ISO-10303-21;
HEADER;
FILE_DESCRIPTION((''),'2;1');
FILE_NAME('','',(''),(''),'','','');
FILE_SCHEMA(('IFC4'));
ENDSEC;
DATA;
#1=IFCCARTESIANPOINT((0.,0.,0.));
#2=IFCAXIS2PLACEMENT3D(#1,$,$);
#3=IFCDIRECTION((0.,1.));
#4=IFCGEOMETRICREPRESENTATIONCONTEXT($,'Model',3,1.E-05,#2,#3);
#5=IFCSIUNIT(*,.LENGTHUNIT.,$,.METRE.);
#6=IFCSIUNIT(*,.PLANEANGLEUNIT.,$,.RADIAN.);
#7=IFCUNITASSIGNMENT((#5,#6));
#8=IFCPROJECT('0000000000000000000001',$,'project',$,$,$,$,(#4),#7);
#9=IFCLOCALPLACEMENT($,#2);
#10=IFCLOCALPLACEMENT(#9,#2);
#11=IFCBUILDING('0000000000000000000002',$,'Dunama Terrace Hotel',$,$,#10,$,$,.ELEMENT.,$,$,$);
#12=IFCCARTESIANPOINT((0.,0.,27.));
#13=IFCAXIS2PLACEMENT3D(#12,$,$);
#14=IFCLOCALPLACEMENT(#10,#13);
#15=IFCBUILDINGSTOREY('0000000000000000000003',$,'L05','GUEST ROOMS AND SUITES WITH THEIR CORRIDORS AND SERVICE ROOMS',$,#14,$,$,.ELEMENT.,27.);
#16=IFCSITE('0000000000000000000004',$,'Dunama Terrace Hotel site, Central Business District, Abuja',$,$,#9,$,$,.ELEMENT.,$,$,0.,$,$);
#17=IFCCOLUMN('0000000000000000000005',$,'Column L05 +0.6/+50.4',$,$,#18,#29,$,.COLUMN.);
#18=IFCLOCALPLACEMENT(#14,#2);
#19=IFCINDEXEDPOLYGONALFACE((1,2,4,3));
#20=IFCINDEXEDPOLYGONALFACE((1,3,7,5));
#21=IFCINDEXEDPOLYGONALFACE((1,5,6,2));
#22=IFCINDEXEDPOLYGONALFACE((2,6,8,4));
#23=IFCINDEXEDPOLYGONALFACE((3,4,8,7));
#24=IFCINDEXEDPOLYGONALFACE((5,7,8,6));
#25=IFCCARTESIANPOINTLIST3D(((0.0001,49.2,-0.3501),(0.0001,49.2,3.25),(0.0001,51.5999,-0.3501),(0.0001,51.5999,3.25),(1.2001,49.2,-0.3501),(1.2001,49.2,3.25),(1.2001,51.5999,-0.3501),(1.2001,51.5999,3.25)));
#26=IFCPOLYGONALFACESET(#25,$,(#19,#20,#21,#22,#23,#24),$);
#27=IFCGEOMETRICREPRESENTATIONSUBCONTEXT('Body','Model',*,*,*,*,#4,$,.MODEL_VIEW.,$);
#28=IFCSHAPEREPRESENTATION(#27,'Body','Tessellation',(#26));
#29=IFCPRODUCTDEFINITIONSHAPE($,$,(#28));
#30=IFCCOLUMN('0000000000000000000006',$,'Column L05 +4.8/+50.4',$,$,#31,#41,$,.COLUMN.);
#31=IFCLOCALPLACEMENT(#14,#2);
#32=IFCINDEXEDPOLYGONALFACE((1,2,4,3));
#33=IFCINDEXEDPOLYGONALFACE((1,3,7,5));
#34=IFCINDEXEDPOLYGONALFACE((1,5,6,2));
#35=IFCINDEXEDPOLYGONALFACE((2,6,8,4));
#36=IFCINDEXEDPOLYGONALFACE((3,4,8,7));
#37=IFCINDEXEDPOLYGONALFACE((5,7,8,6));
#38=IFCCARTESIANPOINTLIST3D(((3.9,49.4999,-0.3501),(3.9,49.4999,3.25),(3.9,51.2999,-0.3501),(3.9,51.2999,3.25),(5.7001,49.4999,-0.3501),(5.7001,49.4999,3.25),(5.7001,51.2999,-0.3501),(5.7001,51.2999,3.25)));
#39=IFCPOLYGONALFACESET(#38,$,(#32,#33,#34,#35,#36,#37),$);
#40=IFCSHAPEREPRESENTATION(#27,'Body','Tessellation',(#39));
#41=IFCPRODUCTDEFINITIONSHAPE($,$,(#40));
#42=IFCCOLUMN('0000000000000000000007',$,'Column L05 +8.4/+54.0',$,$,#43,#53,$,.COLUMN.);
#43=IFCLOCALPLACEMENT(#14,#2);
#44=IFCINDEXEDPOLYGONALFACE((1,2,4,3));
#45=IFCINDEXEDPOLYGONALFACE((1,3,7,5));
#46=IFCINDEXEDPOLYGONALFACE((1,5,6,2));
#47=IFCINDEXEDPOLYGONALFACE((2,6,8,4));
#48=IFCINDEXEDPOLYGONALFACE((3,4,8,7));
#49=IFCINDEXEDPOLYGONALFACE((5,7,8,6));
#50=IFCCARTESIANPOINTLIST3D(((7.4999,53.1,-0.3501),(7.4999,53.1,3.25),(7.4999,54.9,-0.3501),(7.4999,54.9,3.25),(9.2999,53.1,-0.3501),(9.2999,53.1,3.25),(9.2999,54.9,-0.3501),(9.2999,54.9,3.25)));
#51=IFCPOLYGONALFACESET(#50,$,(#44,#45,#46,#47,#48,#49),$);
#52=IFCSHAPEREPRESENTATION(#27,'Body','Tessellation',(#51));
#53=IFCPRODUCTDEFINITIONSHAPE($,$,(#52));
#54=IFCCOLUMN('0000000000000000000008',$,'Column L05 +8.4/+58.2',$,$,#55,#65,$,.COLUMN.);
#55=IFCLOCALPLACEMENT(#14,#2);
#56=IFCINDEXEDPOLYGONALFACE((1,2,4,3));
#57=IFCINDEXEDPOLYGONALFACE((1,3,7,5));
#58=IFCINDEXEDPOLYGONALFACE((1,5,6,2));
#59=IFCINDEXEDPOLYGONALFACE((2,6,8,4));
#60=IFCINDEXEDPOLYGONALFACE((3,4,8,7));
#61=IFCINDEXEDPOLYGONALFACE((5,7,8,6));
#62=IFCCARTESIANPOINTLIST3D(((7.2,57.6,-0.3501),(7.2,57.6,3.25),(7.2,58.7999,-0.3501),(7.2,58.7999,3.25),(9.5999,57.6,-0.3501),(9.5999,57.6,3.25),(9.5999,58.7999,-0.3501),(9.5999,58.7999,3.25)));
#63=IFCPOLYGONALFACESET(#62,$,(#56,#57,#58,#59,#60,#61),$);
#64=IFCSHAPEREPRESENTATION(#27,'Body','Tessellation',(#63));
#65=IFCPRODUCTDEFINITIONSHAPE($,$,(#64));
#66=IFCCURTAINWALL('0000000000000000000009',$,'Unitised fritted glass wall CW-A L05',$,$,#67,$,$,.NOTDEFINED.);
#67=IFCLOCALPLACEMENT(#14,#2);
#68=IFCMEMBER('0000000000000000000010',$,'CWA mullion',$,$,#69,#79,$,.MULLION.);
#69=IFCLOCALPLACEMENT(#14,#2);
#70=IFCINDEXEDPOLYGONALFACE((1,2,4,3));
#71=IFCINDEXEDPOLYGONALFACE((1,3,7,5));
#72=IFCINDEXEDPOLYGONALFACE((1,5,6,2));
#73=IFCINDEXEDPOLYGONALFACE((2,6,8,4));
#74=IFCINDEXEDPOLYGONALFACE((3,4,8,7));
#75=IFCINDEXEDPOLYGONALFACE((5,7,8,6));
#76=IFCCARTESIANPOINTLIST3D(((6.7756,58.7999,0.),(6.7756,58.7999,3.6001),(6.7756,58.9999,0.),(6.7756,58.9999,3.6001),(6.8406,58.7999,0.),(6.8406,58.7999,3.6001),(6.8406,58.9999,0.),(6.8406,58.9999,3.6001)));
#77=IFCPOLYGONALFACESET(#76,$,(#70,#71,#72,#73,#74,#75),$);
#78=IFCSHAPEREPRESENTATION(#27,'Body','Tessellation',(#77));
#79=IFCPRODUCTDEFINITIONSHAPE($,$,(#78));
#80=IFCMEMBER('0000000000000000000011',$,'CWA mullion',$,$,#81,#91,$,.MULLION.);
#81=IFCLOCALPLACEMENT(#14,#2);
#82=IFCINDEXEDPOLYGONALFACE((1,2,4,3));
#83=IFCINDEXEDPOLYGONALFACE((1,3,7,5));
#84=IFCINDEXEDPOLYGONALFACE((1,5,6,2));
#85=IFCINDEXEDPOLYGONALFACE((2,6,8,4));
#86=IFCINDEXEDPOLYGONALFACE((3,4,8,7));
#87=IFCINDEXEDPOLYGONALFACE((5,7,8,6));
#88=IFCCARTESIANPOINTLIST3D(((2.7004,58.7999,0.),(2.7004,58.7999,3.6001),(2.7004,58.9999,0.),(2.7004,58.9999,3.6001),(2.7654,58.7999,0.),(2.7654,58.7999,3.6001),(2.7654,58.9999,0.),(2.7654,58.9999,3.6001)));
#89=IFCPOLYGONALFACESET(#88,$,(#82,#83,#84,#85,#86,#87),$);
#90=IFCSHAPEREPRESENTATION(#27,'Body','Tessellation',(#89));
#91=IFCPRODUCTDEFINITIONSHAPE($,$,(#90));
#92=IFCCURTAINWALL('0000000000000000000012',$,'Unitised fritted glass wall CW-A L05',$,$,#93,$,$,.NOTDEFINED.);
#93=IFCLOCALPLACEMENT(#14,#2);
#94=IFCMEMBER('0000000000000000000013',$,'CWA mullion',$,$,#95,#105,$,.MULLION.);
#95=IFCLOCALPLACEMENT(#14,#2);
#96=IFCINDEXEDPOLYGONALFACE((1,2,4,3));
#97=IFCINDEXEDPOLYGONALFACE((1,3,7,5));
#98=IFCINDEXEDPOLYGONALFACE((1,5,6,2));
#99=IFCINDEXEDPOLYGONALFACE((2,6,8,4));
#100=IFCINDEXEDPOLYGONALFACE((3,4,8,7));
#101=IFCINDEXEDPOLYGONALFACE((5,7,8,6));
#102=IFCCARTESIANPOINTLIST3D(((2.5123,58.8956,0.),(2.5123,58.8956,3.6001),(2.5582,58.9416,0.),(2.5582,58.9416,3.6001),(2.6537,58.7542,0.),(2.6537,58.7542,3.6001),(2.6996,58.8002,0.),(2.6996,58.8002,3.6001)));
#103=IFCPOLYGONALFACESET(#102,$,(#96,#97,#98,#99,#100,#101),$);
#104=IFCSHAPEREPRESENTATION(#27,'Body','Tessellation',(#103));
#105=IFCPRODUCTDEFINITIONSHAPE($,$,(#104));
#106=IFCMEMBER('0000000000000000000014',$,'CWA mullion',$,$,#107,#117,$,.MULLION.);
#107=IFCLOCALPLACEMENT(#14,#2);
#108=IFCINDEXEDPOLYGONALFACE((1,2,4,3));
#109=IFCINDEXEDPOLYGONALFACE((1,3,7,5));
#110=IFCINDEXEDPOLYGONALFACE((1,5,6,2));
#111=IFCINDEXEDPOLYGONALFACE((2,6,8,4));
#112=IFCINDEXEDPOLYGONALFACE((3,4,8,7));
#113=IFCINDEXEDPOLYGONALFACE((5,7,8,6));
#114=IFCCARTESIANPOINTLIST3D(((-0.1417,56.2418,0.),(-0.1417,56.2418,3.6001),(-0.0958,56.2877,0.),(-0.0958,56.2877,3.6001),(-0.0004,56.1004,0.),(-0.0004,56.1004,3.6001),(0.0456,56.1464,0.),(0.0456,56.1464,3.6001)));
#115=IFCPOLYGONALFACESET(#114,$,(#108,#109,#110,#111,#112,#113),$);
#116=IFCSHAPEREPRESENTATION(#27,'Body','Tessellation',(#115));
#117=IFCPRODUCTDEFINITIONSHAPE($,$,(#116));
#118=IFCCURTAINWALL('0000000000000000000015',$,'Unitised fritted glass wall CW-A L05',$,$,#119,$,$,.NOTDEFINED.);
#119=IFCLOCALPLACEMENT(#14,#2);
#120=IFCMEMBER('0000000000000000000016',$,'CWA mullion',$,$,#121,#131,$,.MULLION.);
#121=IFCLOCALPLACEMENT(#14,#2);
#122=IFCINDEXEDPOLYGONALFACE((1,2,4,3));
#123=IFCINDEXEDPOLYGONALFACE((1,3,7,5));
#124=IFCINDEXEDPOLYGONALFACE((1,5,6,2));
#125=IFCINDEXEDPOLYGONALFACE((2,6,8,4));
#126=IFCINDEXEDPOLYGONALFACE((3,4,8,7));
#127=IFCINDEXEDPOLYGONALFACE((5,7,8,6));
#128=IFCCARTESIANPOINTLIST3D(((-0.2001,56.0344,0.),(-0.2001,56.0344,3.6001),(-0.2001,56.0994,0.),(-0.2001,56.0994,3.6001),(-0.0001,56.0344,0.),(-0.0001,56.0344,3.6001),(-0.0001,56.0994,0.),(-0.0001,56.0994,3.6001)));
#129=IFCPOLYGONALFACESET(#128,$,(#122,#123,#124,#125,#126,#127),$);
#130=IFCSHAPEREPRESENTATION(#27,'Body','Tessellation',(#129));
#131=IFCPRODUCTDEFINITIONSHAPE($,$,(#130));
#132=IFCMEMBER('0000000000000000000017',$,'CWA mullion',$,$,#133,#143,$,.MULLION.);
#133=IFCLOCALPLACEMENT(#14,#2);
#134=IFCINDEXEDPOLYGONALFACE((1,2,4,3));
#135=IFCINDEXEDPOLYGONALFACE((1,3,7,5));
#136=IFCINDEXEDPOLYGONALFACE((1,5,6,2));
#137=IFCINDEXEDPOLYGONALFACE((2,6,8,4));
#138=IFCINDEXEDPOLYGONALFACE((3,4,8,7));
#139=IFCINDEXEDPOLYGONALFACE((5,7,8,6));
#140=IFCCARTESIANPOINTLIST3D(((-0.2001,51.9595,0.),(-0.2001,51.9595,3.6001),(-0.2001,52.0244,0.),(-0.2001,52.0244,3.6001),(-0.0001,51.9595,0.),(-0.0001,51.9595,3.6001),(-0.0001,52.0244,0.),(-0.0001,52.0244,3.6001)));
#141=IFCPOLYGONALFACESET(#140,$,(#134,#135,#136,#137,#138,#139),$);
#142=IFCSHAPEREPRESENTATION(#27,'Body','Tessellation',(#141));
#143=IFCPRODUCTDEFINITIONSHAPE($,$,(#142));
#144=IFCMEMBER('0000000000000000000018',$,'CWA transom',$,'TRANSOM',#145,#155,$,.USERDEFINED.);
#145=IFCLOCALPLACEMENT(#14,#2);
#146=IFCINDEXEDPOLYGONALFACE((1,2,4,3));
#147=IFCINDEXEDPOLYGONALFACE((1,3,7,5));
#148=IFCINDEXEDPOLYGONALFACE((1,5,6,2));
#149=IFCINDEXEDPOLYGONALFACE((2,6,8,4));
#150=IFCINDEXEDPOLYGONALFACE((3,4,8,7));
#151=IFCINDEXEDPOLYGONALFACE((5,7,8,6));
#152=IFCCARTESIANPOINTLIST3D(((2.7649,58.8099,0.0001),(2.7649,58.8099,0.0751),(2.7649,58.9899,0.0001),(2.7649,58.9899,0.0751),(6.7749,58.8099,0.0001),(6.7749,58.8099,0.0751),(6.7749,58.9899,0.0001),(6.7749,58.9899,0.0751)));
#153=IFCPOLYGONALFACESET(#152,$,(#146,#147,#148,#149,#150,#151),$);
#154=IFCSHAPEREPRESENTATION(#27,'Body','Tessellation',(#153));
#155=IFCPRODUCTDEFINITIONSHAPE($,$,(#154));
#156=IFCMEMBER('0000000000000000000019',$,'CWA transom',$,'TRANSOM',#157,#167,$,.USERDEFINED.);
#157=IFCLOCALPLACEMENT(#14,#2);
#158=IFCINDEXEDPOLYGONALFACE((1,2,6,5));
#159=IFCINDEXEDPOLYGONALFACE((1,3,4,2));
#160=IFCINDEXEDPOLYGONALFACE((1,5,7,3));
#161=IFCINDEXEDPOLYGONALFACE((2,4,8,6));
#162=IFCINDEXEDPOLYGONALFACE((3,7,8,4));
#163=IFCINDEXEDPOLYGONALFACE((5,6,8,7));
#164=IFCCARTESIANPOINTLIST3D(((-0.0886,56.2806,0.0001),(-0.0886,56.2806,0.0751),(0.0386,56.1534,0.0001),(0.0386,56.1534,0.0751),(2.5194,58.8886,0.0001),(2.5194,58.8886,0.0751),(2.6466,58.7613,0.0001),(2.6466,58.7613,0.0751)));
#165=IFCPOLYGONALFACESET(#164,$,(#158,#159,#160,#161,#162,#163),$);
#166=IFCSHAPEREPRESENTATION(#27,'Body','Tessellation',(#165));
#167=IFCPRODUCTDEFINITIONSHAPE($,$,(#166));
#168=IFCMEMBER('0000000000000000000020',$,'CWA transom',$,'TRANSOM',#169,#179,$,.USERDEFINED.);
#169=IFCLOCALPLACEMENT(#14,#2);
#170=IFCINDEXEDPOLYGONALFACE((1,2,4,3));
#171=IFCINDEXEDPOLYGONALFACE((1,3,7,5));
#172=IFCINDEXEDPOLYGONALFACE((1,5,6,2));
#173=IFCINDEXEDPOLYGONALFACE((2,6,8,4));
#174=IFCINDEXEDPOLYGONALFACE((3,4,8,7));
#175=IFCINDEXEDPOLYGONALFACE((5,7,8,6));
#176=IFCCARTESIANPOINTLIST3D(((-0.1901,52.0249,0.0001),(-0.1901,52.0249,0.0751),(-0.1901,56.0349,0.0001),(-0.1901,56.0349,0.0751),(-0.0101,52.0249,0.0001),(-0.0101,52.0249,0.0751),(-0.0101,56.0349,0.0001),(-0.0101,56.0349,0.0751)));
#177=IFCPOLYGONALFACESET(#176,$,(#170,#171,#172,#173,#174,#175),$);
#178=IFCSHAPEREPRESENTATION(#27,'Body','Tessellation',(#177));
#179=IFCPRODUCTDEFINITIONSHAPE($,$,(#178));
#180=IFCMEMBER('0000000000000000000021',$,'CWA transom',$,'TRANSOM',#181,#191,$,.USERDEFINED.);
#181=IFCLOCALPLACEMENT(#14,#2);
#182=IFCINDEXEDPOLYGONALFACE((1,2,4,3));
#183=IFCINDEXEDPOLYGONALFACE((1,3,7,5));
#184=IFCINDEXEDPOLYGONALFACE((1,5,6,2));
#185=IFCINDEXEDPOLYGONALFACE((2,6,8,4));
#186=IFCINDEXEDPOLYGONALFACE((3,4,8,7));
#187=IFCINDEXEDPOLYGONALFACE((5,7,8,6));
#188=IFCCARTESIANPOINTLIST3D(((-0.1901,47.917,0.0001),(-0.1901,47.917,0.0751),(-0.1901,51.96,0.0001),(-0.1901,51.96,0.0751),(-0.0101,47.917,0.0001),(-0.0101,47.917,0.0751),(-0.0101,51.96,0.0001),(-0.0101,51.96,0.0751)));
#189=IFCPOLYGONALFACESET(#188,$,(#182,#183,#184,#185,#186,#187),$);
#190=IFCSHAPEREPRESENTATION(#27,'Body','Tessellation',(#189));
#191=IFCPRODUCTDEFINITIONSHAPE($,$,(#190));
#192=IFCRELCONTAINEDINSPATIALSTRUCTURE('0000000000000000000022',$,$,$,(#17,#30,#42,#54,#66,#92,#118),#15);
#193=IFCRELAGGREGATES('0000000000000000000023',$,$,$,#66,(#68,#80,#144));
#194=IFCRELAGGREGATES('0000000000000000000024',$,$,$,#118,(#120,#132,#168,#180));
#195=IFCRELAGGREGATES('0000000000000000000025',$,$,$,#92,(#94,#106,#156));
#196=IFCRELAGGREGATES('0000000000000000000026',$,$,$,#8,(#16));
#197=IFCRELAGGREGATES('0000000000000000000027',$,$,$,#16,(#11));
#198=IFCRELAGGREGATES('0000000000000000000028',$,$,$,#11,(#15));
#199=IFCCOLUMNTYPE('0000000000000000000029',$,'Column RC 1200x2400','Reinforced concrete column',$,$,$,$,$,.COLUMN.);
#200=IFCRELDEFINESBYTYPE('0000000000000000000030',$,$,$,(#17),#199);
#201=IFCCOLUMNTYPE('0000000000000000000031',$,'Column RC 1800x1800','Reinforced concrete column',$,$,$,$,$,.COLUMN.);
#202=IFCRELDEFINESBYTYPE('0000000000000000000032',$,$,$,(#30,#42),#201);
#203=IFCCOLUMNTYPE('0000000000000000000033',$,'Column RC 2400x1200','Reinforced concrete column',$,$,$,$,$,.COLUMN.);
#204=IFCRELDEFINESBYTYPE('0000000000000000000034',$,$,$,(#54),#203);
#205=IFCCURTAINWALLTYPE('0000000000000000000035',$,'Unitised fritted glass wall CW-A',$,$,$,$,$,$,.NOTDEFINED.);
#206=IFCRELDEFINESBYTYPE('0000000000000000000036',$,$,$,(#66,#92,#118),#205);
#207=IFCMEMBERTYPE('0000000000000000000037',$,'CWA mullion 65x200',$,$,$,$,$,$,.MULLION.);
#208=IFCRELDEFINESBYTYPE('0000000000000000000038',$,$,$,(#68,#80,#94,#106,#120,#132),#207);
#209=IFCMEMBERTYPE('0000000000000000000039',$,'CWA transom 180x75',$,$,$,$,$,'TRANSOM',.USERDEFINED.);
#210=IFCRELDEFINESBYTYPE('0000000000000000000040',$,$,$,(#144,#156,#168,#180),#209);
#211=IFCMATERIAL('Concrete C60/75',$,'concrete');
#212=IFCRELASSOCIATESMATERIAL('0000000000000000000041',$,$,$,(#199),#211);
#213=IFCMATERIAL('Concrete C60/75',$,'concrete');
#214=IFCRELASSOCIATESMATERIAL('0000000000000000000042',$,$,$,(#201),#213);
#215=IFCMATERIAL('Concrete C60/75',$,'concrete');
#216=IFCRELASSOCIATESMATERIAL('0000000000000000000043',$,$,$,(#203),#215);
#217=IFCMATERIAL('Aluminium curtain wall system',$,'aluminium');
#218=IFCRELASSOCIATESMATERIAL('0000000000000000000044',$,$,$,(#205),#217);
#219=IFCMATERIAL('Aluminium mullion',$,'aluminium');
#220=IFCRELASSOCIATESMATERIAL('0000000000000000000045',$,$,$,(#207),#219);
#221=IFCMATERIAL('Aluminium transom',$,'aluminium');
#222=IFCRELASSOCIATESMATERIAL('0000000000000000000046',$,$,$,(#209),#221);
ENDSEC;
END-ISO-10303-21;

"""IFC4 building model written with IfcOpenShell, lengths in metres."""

from ifc_helpers import new_model, si_unit, direction, frame, origin, origin_2d, place, context, subcontext, project, spatial, rectangle, extrude, material, material_profile, profile_set, type_object, element, aggregate, save


model = new_model("IFC4")

# Units and contexts
model_context = context("Model", 3, precision=1e-05, world=origin(), true_north=direction((0.0, 1.0)))
body_context = subcontext(model_context, "Body", "Model", "MODEL_VIEW")
ifc_project = project(units=[si_unit("LENGTHUNIT", "METRE"), si_unit("PLANEANGLEUNIT", "RADIAN")], contexts=[model_context])

# Site, building, storey
site_placement = place(None, origin())
site = spatial("IfcSite", under=ifc_project, at=site_placement, Name="Dunama Terrace Hotel site, Central Business District, Abuja", CompositionType="ELEMENT", RefElevation=0.0)
building_placement = place(site_placement, origin())
building = spatial("IfcBuilding", under=site, at=building_placement, Name="Dunama Terrace Hotel", CompositionType="ELEMENT")
storey_placement = place(building_placement, frame((0.0, 0.0, 27.0)))
storey = spatial("IfcBuildingStorey", under=building, at=storey_placement, Name="L05", Description="GUEST ROOMS AND SUITES WITH THEIR CORRIDORS AND SERVICE ROOMS", CompositionType="ELEMENT", Elevation=27.0)

# Columns
ifc_material_1 = material(Name="Concrete C60/75", Category="concrete")
ifc_material_profile_1 = material_profile(ifc_material_1, rectangle(XDim=1.2, YDim=2.3999, at=origin_2d()), Name="RC 1200x2400")
ifc_profile_set_1 = profile_set([ifc_material_profile_1], Name="Concrete C60/75")
column_type_1 = type_object("IfcColumnType", Name="Column RC 1200x2400", Description="Reinforced concrete column", PredefinedType="COLUMN", material=ifc_profile_set_1)
column_1_placement = place(storey_placement, frame((0.6001, 50.3999, -0.3501), z_axis=(0.0, 0.0, 1.0), x_axis=(1.0, 0.0, 0.0)))
element("IfcColumn", 1, at=column_1_placement, inside=storey, type_object=column_type_1, Name="Column L05 +0.6/+50.4", PredefinedType="COLUMN", context=body_context, shape_type="SweptSolid", body=[
    extrude(rectangle(XDim=1.2, YDim=2.3999, at=origin_2d()), origin(), (0.0, 0.0, 1.0), 3.6001),
])
ifc_material_2 = material(Name="Concrete C60/75", Category="concrete")
ifc_material_profile_2 = material_profile(ifc_material_2, rectangle(XDim=1.8, YDim=1.8, at=origin_2d()), Name="RC 1800x1800")
ifc_profile_set_2 = profile_set([ifc_material_profile_2], Name="Concrete C60/75")
column_type_2 = type_object("IfcColumnType", Name="Column RC 1800x1800", Description="Reinforced concrete column", PredefinedType="COLUMN", material=ifc_profile_set_2)
for number, where, z_axis, x_axis, name in (
    (2, (4.8, 50.3999, -0.3501), (0.0, 0.0, 1.0), (1.0, 0.0, 0.0), "Column L05 +4.8/+50.4"),
    (3, (8.3999, 54.0, -0.3501), (0.0, 0.0, 1.0), (1.0, 0.0, 0.0), "Column L05 +8.4/+54.0"),
):
    element("IfcColumn", number, at=place(storey_placement, frame(where, z_axis=z_axis, x_axis=x_axis)), inside=storey, type_object=column_type_2, Name=name, PredefinedType="COLUMN", context=body_context, shape_type="SweptSolid", body=[
        extrude(rectangle(XDim=1.8, YDim=1.8, at=origin_2d()), origin(), (0.0, 0.0, 1.0), 3.6001),
    ])
ifc_material_3 = material(Name="Concrete C60/75", Category="concrete")
ifc_material_profile_3 = material_profile(ifc_material_3, rectangle(XDim=2.3999, YDim=1.2, at=origin_2d()), Name="RC 2400x1200")
ifc_profile_set_3 = profile_set([ifc_material_profile_3], Name="Concrete C60/75")
column_type_3 = type_object("IfcColumnType", Name="Column RC 2400x1200", Description="Reinforced concrete column", PredefinedType="COLUMN", material=ifc_profile_set_3)
column_2_placement = place(storey_placement, frame((8.3999, 58.2, -0.3501), z_axis=(0.0, 0.0, 1.0), x_axis=(1.0, 0.0, 0.0)))
element("IfcColumn", 4, at=column_2_placement, inside=storey, type_object=column_type_3, Name="Column L05 +8.4/+58.2", PredefinedType="COLUMN", context=body_context, shape_type="SweptSolid", body=[
    extrude(rectangle(XDim=2.3999, YDim=1.2, at=origin_2d()), origin(), (0.0, 0.0, 1.0), 3.6001),
])

# Curtain walls, members
ifc_material_4 = material(Name="Aluminium curtain wall system", Category="aluminium")
curtain_wall_type = type_object("IfcCurtainWallType", Name="Unitised fritted glass wall CW-A", PredefinedType="NOTDEFINED", material=ifc_material_4)
curtain_wall_1_placement = place(storey_placement, origin())
curtain_wall_1 = element("IfcCurtainWall", 5, at=curtain_wall_1_placement, inside=storey, type_object=curtain_wall_type, Name="Unitised fritted glass wall CW-A L05", PredefinedType="NOTDEFINED")
ifc_material_5 = material(Name="Aluminium mullion", Category="aluminium")
ifc_material_profile_4 = material_profile(ifc_material_5, rectangle(XDim=0.0649, YDim=0.2, at=origin_2d()), Name="CWA MULLION 65X200")
ifc_profile_set_4 = profile_set([ifc_material_profile_4], Name="Aluminium mullion")
member_type_1 = type_object("IfcMemberType", Name="CWA mullion 65x200", PredefinedType="MULLION", material=ifc_profile_set_4)
member_1_placement = place(storey_placement, frame((6.8081, 58.8999, 0.0), z_axis=(0.0, 0.0, 1.0), x_axis=(-1.0, 0.0, 0.0)))
member_1 = element("IfcMember", 6, at=member_1_placement, type_object=member_type_1, Name="CWA mullion", PredefinedType="MULLION", context=body_context, shape_type="SweptSolid", body=[
    extrude(rectangle(XDim=0.0649, YDim=0.2, at=origin_2d()), origin(), (0.0, 0.0, 1.0), 3.6001),
])
member_2_placement = place(storey_placement, frame((2.7329, 58.8999, 0.0), z_axis=(0.0, 0.0, 1.0), x_axis=(-1.0, 0.0, 0.0)))
member_2 = element("IfcMember", 7, at=member_2_placement, type_object=member_type_1, Name="CWA mullion", PredefinedType="MULLION", context=body_context, shape_type="SweptSolid", body=[
    extrude(rectangle(XDim=0.0649, YDim=0.2, at=origin_2d()), origin(), (0.0, 0.0, 1.0), 3.6001),
])
curtain_wall_2_placement = place(storey_placement, origin())
curtain_wall_2 = element("IfcCurtainWall", 8, at=curtain_wall_2_placement, inside=storey, type_object=curtain_wall_type, Name="Unitised fritted glass wall CW-A L05", PredefinedType="NOTDEFINED")
member_3_placement = place(storey_placement, frame((2.606, 58.8479, 0.0), z_axis=(0.0, 0.0, 1.0), x_axis=(-0.707107, -0.707107, 0.0)))
member_3 = element("IfcMember", 9, at=member_3_placement, type_object=member_type_1, Name="CWA mullion", PredefinedType="MULLION", context=body_context, shape_type="SweptSolid", body=[
    extrude(rectangle(XDim=0.0649, YDim=0.2, at=origin_2d()), origin(), (0.0, 0.0, 1.0), 3.6001),
])
member_4_placement = place(storey_placement, frame((-0.0481, 56.1941, 0.0), z_axis=(0.0, 0.0, 1.0), x_axis=(-0.707107, -0.707107, 0.0)))
member_4 = element("IfcMember", 10, at=member_4_placement, type_object=member_type_1, Name="CWA mullion", PredefinedType="MULLION", context=body_context, shape_type="SweptSolid", body=[
    extrude(rectangle(XDim=0.0649, YDim=0.2, at=origin_2d()), origin(), (0.0, 0.0, 1.0), 3.6001),
])
curtain_wall_3_placement = place(storey_placement, origin())
curtain_wall_3 = element("IfcCurtainWall", 11, at=curtain_wall_3_placement, inside=storey, type_object=curtain_wall_type, Name="Unitised fritted glass wall CW-A L05", PredefinedType="NOTDEFINED")
member_5_placement = place(storey_placement, frame((-0.1001, 56.0669, 0.0), z_axis=(0.0, 0.0, 1.0), x_axis=(0.0, -1.0, 0.0)))
member_5 = element("IfcMember", 12, at=member_5_placement, type_object=member_type_1, Name="CWA mullion", PredefinedType="MULLION", context=body_context, shape_type="SweptSolid", body=[
    extrude(rectangle(XDim=0.0649, YDim=0.2, at=origin_2d()), origin(), (0.0, 0.0, 1.0), 3.6001),
])
member_6_placement = place(storey_placement, frame((-0.1001, 51.9919, 0.0), z_axis=(0.0, 0.0, 1.0), x_axis=(0.0, -1.0, 0.0)))
member_6 = element("IfcMember", 13, at=member_6_placement, type_object=member_type_1, Name="CWA mullion", PredefinedType="MULLION", context=body_context, shape_type="SweptSolid", body=[
    extrude(rectangle(XDim=0.0649, YDim=0.2, at=origin_2d()), origin(), (0.0, 0.0, 1.0), 3.6001),
])

# Members
ifc_material_6 = material(Name="Aluminium transom", Category="aluminium")
ifc_material_profile_5 = material_profile(ifc_material_6, rectangle(XDim=0.1799, YDim=0.075, at=origin_2d()), Name="CWA TRANSOM 180X75")
ifc_profile_set_5 = profile_set([ifc_material_profile_5], Name="Aluminium transom")
member_type_2 = type_object("IfcMemberType", Name="CWA transom 180x75", ElementType="TRANSOM", PredefinedType="USERDEFINED", material=ifc_profile_set_5)
member_7_placement = place(storey_placement, frame((6.7749, 58.8999, 0.0376), z_axis=(-1.0, 0.0, 0.0), x_axis=(0.0, -1.0, 0.0)))
member_7 = element("IfcMember", 14, at=member_7_placement, type_object=member_type_2, Name="CWA transom", ObjectType="TRANSOM", PredefinedType="USERDEFINED", context=body_context, shape_type="SweptSolid", body=[
    extrude(rectangle(XDim=0.1799, YDim=0.075, at=origin_2d()), origin(), (0.0, 0.0, 1.0), 4.01),
])
member_8_placement = place(storey_placement, frame((2.583, 58.825, 0.0376), z_axis=(-0.707107, -0.707107, 0.0), x_axis=(0.707107, -0.707107, 0.0)))
member_8 = element("IfcMember", 15, at=member_8_placement, type_object=member_type_2, Name="CWA transom", ObjectType="TRANSOM", PredefinedType="USERDEFINED", context=body_context, shape_type="SweptSolid", body=[
    extrude(rectangle(XDim=0.1799, YDim=0.075, at=origin_2d()), origin(), (0.0, 0.0, 1.0), 3.6882),
])
member_9_placement = place(storey_placement, frame((-0.1001, 56.0349, 0.0376), z_axis=(0.0, -1.0, 0.0), x_axis=(1.0, 0.0, 0.0)))
member_9 = element("IfcMember", 16, at=member_9_placement, type_object=member_type_2, Name="CWA transom", ObjectType="TRANSOM", PredefinedType="USERDEFINED", context=body_context, shape_type="SweptSolid", body=[
    extrude(rectangle(XDim=0.1799, YDim=0.075, at=origin_2d()), origin(), (0.0, 0.0, 1.0), 4.01),
])
member_10_placement = place(storey_placement, frame((-0.1001, 51.96, 0.0376), z_axis=(0.0, -1.0, 0.0), x_axis=(1.0, 0.0, 0.0)))
member_10 = element("IfcMember", 17, at=member_10_placement, type_object=member_type_2, Name="CWA transom", ObjectType="TRANSOM", PredefinedType="USERDEFINED", context=body_context, shape_type="SweptSolid", body=[
    extrude(rectangle(XDim=0.1799, YDim=0.075, at=origin_2d()), origin(), (0.0, 0.0, 1.0), 4.043),
])

aggregate(curtain_wall_1, [member_1, member_2, member_7])
aggregate(curtain_wall_3, [member_5, member_6, member_9, member_10])
aggregate(curtain_wall_2, [member_3, member_4, member_8])

save(model, "model.ifc")
